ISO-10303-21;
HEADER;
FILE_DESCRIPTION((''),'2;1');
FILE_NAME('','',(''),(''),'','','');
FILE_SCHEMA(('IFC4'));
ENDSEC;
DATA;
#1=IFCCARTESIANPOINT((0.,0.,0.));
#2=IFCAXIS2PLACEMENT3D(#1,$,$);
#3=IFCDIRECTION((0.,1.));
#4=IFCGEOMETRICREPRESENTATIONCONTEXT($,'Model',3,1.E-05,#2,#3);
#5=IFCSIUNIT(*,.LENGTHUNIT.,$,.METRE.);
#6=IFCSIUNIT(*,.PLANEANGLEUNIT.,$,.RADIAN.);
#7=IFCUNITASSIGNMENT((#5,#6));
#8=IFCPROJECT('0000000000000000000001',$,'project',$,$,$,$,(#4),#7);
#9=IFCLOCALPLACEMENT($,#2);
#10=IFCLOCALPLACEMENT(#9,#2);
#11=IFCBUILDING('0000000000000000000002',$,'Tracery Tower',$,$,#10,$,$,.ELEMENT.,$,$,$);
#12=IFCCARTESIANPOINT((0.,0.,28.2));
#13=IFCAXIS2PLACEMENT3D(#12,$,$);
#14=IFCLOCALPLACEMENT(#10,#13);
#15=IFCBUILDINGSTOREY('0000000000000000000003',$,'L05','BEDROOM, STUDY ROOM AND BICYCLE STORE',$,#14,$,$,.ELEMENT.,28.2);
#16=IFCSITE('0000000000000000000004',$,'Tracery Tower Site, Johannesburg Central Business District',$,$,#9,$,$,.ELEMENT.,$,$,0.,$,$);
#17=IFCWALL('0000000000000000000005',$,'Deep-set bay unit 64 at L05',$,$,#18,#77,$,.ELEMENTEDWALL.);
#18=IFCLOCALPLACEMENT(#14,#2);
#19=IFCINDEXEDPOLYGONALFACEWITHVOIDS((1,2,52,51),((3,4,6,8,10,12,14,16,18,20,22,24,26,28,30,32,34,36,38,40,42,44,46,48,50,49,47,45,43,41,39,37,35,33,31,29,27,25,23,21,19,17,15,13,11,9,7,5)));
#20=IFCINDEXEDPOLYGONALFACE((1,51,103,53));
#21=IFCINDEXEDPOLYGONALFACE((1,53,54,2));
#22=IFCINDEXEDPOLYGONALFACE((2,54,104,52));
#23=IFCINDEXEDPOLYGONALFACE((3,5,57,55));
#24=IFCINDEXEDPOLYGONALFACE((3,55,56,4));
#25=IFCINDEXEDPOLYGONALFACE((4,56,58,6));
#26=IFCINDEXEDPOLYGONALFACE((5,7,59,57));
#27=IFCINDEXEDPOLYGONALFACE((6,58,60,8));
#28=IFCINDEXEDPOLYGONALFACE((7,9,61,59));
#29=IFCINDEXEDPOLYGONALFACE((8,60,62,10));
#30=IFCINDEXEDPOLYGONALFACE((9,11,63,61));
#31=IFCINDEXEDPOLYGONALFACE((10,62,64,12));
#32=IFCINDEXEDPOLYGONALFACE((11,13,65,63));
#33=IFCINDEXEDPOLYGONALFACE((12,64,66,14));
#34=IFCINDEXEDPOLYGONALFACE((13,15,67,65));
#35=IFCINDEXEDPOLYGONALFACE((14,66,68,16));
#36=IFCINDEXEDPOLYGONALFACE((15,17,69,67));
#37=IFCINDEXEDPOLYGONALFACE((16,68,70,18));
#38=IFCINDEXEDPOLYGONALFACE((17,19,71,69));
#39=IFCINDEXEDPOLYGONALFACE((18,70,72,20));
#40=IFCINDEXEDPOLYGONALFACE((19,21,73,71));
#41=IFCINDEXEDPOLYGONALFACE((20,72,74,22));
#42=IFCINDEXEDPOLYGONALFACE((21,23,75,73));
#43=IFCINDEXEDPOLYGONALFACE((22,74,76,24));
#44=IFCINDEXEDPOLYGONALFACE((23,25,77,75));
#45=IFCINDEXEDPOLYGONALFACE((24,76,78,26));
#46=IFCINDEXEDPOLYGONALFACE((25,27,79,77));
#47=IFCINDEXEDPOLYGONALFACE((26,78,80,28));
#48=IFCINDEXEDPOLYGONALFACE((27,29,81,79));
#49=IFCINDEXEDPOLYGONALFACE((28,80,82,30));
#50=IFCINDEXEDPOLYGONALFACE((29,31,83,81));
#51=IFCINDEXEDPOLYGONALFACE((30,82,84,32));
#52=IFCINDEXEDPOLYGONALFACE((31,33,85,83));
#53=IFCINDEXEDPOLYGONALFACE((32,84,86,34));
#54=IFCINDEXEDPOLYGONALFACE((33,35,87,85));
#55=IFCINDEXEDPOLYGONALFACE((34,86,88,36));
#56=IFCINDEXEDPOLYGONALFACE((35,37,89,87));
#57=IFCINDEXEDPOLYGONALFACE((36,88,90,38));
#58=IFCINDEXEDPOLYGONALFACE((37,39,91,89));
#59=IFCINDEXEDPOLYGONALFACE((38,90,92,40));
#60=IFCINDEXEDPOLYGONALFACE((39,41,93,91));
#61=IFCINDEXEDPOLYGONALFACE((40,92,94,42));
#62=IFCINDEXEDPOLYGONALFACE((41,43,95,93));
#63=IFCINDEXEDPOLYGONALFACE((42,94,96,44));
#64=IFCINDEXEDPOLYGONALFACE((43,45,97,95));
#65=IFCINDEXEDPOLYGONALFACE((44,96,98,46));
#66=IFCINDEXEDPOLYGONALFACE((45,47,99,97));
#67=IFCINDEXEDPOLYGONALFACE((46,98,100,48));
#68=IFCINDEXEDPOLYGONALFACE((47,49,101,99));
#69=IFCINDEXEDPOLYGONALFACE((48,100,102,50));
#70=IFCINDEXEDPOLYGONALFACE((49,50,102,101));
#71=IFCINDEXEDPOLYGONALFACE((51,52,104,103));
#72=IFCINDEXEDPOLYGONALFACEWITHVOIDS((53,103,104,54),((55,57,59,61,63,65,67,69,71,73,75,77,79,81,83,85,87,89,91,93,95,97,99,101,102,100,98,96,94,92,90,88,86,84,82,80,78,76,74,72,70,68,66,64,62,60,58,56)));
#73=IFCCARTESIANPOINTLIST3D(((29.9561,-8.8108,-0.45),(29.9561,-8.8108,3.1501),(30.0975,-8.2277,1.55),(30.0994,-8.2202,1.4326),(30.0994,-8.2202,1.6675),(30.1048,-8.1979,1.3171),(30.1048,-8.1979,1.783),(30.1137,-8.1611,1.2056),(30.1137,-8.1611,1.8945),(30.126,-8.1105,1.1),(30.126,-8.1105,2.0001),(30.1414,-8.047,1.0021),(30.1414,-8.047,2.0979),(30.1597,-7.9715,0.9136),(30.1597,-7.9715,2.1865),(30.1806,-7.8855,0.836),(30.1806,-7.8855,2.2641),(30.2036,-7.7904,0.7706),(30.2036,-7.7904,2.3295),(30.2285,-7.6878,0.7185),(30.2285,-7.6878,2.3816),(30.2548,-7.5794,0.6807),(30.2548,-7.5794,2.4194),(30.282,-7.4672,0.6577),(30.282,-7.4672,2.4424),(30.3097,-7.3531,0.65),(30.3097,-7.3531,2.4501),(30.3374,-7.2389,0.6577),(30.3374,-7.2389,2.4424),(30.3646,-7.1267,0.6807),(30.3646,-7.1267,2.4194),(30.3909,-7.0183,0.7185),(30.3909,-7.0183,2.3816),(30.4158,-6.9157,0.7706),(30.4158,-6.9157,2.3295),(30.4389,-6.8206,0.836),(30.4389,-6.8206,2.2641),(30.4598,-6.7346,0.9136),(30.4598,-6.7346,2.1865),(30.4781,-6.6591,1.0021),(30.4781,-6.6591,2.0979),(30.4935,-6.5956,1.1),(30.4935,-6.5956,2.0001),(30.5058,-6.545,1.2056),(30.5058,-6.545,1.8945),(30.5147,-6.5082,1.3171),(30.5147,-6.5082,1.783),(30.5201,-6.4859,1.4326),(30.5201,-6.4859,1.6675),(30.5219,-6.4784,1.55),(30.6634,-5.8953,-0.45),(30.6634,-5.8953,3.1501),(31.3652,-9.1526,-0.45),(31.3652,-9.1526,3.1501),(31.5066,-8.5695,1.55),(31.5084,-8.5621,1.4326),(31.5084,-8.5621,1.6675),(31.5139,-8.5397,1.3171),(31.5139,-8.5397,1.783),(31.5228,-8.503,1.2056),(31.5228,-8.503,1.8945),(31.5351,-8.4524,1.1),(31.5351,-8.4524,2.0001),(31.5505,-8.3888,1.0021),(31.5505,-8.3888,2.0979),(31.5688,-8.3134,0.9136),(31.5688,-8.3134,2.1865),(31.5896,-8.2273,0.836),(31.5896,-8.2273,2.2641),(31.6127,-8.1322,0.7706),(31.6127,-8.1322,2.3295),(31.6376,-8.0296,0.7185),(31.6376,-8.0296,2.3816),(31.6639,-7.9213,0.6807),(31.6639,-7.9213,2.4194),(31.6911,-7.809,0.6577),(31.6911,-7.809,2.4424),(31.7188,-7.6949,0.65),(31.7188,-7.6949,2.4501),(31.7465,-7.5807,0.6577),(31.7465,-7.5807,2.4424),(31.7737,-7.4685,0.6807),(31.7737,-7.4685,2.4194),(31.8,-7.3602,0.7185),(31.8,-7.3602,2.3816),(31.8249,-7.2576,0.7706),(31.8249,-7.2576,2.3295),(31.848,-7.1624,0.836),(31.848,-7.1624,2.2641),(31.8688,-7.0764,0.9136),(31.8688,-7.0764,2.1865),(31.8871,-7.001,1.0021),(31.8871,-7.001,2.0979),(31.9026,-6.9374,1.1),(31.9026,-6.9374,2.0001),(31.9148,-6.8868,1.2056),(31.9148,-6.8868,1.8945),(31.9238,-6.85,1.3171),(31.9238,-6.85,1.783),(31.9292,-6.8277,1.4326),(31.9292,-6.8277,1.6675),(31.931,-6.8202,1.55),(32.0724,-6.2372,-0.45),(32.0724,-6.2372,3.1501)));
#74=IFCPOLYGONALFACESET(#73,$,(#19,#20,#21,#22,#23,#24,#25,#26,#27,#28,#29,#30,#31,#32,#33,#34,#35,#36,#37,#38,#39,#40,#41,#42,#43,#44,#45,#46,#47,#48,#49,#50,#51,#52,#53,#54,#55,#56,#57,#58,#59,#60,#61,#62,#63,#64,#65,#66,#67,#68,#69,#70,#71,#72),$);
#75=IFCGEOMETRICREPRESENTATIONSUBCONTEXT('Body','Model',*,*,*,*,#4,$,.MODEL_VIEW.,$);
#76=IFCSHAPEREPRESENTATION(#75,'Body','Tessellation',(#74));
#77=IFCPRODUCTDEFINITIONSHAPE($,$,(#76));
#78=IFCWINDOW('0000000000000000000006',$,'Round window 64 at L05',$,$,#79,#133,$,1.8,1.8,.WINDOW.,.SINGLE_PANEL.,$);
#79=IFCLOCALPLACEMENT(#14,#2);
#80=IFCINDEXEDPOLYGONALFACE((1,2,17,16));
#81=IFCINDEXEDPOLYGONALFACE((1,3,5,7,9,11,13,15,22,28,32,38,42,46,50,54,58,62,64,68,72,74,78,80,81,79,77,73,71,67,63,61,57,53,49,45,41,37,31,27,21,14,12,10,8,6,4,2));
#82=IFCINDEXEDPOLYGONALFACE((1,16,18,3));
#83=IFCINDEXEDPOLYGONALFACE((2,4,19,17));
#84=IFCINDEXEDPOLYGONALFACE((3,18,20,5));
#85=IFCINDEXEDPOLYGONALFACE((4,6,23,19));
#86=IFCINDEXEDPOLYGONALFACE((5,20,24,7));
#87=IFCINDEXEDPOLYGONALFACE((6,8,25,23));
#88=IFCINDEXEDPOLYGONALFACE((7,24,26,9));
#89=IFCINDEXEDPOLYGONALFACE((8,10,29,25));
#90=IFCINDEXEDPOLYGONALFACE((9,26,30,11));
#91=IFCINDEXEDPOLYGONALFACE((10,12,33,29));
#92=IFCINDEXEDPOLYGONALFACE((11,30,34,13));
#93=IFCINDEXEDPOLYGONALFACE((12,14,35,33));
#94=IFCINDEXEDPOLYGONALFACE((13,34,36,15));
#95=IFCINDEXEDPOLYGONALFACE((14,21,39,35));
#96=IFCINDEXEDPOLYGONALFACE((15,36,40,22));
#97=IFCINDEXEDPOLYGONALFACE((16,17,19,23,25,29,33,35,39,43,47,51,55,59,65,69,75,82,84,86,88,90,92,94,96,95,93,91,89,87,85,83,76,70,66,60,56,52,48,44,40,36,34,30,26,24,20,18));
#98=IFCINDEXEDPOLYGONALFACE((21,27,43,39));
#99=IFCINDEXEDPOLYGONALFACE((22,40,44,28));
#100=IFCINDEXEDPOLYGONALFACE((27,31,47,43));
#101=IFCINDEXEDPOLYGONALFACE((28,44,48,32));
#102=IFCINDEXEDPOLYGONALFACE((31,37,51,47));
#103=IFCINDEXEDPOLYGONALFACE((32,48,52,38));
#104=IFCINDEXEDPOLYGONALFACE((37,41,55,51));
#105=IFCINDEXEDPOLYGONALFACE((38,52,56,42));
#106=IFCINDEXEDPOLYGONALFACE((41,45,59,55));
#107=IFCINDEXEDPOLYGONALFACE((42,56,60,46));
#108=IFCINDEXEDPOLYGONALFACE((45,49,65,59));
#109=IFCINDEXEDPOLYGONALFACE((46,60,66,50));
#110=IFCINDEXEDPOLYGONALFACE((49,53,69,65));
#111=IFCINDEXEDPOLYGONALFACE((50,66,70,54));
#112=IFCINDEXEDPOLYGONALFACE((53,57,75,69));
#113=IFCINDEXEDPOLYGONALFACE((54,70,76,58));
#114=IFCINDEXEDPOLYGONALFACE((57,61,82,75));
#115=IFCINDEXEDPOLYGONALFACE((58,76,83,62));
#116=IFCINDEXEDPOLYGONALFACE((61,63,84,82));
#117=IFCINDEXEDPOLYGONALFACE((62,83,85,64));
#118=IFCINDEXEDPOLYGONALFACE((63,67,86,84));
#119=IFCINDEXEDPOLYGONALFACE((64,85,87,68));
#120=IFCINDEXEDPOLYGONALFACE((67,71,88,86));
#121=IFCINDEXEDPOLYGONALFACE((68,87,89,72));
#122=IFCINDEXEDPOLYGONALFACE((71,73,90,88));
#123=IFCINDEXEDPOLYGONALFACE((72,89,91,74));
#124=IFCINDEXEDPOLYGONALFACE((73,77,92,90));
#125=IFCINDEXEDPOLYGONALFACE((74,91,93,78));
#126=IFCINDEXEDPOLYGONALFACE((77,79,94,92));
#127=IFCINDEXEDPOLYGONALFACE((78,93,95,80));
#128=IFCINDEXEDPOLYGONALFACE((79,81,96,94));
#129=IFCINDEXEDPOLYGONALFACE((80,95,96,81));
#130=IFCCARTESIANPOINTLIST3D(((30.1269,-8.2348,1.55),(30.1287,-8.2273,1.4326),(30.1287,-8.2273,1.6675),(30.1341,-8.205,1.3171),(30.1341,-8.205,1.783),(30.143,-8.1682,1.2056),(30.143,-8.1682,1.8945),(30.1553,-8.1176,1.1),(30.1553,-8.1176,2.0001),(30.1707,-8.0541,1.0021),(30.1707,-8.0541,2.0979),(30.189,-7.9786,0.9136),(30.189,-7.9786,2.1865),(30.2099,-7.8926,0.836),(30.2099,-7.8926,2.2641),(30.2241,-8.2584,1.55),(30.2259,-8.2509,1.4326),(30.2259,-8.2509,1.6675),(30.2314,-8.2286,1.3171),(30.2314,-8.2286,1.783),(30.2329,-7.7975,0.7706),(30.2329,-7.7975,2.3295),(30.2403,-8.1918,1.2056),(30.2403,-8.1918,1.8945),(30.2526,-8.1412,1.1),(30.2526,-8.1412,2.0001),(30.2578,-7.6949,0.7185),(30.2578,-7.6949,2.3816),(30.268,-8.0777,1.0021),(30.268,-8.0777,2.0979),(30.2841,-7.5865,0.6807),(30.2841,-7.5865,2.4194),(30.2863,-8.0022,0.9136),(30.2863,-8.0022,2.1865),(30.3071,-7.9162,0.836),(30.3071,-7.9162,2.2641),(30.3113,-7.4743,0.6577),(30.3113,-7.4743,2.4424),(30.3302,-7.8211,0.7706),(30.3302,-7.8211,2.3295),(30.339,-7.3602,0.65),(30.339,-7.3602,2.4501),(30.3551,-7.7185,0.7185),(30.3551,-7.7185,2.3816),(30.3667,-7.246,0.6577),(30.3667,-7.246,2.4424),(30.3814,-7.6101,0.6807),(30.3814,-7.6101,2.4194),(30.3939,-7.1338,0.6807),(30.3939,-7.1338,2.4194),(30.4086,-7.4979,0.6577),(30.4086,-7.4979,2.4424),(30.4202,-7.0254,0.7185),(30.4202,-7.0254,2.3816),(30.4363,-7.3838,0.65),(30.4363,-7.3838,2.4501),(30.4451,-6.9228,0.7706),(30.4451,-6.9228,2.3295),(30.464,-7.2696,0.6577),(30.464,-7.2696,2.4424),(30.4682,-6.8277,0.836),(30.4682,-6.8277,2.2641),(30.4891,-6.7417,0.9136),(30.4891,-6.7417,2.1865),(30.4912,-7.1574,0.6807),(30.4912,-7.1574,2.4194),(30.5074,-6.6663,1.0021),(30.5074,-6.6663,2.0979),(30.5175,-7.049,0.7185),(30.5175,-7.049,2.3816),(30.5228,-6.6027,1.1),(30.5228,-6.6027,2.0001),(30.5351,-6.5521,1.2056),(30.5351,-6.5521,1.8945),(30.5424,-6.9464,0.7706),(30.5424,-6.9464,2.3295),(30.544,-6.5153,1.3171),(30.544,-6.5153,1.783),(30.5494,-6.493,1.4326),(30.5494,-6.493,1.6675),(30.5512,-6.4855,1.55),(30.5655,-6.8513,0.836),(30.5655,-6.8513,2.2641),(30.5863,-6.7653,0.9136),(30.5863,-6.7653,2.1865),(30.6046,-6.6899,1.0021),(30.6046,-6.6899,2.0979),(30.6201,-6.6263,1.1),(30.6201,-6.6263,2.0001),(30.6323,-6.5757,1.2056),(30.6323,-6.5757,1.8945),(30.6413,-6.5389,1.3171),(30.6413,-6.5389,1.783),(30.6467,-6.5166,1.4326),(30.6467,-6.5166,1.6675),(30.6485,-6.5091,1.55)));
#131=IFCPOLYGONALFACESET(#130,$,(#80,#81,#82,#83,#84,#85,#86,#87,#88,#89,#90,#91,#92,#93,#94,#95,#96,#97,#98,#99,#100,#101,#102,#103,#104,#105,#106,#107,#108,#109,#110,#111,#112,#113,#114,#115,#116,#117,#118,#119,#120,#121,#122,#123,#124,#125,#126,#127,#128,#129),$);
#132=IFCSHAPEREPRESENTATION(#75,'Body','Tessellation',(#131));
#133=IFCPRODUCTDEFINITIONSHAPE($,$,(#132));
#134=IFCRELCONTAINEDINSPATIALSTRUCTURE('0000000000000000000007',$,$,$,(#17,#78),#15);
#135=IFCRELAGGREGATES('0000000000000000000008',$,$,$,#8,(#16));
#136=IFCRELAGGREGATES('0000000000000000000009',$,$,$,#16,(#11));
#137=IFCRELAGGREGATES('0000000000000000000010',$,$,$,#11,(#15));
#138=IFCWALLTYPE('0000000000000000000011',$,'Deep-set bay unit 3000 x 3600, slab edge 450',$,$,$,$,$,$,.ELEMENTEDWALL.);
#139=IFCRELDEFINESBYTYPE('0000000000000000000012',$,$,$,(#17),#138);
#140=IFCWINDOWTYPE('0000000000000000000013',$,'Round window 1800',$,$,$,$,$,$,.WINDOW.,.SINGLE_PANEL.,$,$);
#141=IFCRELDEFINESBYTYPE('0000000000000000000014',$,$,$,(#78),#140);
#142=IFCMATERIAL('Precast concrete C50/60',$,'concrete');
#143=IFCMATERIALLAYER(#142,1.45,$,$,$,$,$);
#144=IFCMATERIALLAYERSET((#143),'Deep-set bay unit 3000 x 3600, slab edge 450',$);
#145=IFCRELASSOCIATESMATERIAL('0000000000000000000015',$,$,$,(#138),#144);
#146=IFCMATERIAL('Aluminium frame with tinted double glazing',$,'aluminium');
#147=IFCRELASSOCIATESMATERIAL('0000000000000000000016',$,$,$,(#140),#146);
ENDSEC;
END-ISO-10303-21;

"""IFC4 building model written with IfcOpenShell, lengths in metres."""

from ifc_helpers import new_model, si_unit, direction, frame, frame_2d, origin, origin_2d, place, context, subcontext, project, spatial, rectangle, circle, extrude, material, layer, layer_set, type_object, element, fill, save


model = new_model("IFC4")

# Units and contexts
model_context = context("Model", 3, precision=1e-05, world=origin(), true_north=direction((0.0, 1.0)))
body_context = subcontext(model_context, "Body", "Model", "MODEL_VIEW")
ifc_project = project(units=[si_unit("LENGTHUNIT", "METRE"), si_unit("PLANEANGLEUNIT", "RADIAN")], contexts=[model_context])

# Site, building, storey
site_placement = place(None, origin())
site = spatial("IfcSite", under=ifc_project, at=site_placement, Name="Tracery Tower Site, Johannesburg Central Business District", CompositionType="ELEMENT", RefElevation=0.0)
building_placement = place(site_placement, origin())
building = spatial("IfcBuilding", under=site, at=building_placement, Name="Tracery Tower", CompositionType="ELEMENT")
storey_placement = place(building_placement, frame((0.0, 0.0, 28.2)))
storey = spatial("IfcBuildingStorey", under=building, at=storey_placement, Name="L05", Description="BEDROOM, STUDY ROOM AND BICYCLE STORE", CompositionType="ELEMENT", Elevation=28.2)

# Wall, opening, window
ifc_material_1 = material(Name="Precast concrete C50/60", Category="concrete")
ifc_layer_1 = layer(ifc_material_1, 1.45)
ifc_layer_set_1 = layer_set([ifc_layer_1], Name="Deep-set bay unit 3000 x 3600, slab edge 450")
wall_type_1 = type_object("IfcWallType", Name="Deep-set bay unit 3000 x 3600, slab edge 450", PredefinedType="ELEMENTEDWALL", material=ifc_layer_set_1)
wall_1_placement = place(storey_placement, frame((30.6606, -8.9817, -0.45), z_axis=(0.0, 0.0, 1.0), x_axis=(0.235751, 0.971813, 0.0)))
wall_1 = element("IfcWall", 1, at=wall_1_placement, inside=storey, type_object=wall_type_1, Name="Deep-set bay unit 64 at L05", PredefinedType="ELEMENTEDWALL", context=body_context, shape_type="SweptSolid", body=[
    extrude(rectangle(XDim=3.0, YDim=1.45, at=frame_2d((1.5, 0.0))), origin(), (0.0, 0.0, 1.0), 3.6001),
])
opening_1_placement = place(wall_1_placement, frame((1.5, 0.0, 2.0)))
opening_1 = element("IfcOpeningElement", 2, at=opening_1_placement, cuts=wall_1, PredefinedType="OPENING", context=body_context, shape_type="SweptSolid", body=[
    extrude(circle(Radius=0.9, at=origin_2d()), frame((0.0, 0.7349, 0.0), z_axis=(0.0, -1.0, 0.0), x_axis=(1.0, 0.0, 0.0)), (0.0, 0.0, 1.0), 1.47),
])
ifc_material_2 = material(Name="Aluminium frame with tinted double glazing", Category="aluminium")
window_type = type_object("IfcWindowType", Name="Round window 1800", PartitioningType="SINGLE_PANEL", PredefinedType="WINDOW", material=ifc_material_2)
window_1_placement = place(opening_1_placement, origin())
window_1 = element("IfcWindow", 3, at=window_1_placement, inside=storey, type_object=window_type, Name="Round window 64 at L05", OverallHeight=1.8, OverallWidth=1.8, PartitioningType="SINGLE_PANEL", PredefinedType="WINDOW", context=body_context, shape_type="SweptSolid", body=[
    extrude(circle(Radius=0.9, at=origin_2d()), frame((0.0, 0.6948, 0.0), z_axis=(0.0, -1.0, 0.0), x_axis=(1.0, 0.0, 0.0)), (0.0, 0.0, 1.0), 0.1001),
])
fill(opening_1, window_1)

save(model, "model.ifc")
